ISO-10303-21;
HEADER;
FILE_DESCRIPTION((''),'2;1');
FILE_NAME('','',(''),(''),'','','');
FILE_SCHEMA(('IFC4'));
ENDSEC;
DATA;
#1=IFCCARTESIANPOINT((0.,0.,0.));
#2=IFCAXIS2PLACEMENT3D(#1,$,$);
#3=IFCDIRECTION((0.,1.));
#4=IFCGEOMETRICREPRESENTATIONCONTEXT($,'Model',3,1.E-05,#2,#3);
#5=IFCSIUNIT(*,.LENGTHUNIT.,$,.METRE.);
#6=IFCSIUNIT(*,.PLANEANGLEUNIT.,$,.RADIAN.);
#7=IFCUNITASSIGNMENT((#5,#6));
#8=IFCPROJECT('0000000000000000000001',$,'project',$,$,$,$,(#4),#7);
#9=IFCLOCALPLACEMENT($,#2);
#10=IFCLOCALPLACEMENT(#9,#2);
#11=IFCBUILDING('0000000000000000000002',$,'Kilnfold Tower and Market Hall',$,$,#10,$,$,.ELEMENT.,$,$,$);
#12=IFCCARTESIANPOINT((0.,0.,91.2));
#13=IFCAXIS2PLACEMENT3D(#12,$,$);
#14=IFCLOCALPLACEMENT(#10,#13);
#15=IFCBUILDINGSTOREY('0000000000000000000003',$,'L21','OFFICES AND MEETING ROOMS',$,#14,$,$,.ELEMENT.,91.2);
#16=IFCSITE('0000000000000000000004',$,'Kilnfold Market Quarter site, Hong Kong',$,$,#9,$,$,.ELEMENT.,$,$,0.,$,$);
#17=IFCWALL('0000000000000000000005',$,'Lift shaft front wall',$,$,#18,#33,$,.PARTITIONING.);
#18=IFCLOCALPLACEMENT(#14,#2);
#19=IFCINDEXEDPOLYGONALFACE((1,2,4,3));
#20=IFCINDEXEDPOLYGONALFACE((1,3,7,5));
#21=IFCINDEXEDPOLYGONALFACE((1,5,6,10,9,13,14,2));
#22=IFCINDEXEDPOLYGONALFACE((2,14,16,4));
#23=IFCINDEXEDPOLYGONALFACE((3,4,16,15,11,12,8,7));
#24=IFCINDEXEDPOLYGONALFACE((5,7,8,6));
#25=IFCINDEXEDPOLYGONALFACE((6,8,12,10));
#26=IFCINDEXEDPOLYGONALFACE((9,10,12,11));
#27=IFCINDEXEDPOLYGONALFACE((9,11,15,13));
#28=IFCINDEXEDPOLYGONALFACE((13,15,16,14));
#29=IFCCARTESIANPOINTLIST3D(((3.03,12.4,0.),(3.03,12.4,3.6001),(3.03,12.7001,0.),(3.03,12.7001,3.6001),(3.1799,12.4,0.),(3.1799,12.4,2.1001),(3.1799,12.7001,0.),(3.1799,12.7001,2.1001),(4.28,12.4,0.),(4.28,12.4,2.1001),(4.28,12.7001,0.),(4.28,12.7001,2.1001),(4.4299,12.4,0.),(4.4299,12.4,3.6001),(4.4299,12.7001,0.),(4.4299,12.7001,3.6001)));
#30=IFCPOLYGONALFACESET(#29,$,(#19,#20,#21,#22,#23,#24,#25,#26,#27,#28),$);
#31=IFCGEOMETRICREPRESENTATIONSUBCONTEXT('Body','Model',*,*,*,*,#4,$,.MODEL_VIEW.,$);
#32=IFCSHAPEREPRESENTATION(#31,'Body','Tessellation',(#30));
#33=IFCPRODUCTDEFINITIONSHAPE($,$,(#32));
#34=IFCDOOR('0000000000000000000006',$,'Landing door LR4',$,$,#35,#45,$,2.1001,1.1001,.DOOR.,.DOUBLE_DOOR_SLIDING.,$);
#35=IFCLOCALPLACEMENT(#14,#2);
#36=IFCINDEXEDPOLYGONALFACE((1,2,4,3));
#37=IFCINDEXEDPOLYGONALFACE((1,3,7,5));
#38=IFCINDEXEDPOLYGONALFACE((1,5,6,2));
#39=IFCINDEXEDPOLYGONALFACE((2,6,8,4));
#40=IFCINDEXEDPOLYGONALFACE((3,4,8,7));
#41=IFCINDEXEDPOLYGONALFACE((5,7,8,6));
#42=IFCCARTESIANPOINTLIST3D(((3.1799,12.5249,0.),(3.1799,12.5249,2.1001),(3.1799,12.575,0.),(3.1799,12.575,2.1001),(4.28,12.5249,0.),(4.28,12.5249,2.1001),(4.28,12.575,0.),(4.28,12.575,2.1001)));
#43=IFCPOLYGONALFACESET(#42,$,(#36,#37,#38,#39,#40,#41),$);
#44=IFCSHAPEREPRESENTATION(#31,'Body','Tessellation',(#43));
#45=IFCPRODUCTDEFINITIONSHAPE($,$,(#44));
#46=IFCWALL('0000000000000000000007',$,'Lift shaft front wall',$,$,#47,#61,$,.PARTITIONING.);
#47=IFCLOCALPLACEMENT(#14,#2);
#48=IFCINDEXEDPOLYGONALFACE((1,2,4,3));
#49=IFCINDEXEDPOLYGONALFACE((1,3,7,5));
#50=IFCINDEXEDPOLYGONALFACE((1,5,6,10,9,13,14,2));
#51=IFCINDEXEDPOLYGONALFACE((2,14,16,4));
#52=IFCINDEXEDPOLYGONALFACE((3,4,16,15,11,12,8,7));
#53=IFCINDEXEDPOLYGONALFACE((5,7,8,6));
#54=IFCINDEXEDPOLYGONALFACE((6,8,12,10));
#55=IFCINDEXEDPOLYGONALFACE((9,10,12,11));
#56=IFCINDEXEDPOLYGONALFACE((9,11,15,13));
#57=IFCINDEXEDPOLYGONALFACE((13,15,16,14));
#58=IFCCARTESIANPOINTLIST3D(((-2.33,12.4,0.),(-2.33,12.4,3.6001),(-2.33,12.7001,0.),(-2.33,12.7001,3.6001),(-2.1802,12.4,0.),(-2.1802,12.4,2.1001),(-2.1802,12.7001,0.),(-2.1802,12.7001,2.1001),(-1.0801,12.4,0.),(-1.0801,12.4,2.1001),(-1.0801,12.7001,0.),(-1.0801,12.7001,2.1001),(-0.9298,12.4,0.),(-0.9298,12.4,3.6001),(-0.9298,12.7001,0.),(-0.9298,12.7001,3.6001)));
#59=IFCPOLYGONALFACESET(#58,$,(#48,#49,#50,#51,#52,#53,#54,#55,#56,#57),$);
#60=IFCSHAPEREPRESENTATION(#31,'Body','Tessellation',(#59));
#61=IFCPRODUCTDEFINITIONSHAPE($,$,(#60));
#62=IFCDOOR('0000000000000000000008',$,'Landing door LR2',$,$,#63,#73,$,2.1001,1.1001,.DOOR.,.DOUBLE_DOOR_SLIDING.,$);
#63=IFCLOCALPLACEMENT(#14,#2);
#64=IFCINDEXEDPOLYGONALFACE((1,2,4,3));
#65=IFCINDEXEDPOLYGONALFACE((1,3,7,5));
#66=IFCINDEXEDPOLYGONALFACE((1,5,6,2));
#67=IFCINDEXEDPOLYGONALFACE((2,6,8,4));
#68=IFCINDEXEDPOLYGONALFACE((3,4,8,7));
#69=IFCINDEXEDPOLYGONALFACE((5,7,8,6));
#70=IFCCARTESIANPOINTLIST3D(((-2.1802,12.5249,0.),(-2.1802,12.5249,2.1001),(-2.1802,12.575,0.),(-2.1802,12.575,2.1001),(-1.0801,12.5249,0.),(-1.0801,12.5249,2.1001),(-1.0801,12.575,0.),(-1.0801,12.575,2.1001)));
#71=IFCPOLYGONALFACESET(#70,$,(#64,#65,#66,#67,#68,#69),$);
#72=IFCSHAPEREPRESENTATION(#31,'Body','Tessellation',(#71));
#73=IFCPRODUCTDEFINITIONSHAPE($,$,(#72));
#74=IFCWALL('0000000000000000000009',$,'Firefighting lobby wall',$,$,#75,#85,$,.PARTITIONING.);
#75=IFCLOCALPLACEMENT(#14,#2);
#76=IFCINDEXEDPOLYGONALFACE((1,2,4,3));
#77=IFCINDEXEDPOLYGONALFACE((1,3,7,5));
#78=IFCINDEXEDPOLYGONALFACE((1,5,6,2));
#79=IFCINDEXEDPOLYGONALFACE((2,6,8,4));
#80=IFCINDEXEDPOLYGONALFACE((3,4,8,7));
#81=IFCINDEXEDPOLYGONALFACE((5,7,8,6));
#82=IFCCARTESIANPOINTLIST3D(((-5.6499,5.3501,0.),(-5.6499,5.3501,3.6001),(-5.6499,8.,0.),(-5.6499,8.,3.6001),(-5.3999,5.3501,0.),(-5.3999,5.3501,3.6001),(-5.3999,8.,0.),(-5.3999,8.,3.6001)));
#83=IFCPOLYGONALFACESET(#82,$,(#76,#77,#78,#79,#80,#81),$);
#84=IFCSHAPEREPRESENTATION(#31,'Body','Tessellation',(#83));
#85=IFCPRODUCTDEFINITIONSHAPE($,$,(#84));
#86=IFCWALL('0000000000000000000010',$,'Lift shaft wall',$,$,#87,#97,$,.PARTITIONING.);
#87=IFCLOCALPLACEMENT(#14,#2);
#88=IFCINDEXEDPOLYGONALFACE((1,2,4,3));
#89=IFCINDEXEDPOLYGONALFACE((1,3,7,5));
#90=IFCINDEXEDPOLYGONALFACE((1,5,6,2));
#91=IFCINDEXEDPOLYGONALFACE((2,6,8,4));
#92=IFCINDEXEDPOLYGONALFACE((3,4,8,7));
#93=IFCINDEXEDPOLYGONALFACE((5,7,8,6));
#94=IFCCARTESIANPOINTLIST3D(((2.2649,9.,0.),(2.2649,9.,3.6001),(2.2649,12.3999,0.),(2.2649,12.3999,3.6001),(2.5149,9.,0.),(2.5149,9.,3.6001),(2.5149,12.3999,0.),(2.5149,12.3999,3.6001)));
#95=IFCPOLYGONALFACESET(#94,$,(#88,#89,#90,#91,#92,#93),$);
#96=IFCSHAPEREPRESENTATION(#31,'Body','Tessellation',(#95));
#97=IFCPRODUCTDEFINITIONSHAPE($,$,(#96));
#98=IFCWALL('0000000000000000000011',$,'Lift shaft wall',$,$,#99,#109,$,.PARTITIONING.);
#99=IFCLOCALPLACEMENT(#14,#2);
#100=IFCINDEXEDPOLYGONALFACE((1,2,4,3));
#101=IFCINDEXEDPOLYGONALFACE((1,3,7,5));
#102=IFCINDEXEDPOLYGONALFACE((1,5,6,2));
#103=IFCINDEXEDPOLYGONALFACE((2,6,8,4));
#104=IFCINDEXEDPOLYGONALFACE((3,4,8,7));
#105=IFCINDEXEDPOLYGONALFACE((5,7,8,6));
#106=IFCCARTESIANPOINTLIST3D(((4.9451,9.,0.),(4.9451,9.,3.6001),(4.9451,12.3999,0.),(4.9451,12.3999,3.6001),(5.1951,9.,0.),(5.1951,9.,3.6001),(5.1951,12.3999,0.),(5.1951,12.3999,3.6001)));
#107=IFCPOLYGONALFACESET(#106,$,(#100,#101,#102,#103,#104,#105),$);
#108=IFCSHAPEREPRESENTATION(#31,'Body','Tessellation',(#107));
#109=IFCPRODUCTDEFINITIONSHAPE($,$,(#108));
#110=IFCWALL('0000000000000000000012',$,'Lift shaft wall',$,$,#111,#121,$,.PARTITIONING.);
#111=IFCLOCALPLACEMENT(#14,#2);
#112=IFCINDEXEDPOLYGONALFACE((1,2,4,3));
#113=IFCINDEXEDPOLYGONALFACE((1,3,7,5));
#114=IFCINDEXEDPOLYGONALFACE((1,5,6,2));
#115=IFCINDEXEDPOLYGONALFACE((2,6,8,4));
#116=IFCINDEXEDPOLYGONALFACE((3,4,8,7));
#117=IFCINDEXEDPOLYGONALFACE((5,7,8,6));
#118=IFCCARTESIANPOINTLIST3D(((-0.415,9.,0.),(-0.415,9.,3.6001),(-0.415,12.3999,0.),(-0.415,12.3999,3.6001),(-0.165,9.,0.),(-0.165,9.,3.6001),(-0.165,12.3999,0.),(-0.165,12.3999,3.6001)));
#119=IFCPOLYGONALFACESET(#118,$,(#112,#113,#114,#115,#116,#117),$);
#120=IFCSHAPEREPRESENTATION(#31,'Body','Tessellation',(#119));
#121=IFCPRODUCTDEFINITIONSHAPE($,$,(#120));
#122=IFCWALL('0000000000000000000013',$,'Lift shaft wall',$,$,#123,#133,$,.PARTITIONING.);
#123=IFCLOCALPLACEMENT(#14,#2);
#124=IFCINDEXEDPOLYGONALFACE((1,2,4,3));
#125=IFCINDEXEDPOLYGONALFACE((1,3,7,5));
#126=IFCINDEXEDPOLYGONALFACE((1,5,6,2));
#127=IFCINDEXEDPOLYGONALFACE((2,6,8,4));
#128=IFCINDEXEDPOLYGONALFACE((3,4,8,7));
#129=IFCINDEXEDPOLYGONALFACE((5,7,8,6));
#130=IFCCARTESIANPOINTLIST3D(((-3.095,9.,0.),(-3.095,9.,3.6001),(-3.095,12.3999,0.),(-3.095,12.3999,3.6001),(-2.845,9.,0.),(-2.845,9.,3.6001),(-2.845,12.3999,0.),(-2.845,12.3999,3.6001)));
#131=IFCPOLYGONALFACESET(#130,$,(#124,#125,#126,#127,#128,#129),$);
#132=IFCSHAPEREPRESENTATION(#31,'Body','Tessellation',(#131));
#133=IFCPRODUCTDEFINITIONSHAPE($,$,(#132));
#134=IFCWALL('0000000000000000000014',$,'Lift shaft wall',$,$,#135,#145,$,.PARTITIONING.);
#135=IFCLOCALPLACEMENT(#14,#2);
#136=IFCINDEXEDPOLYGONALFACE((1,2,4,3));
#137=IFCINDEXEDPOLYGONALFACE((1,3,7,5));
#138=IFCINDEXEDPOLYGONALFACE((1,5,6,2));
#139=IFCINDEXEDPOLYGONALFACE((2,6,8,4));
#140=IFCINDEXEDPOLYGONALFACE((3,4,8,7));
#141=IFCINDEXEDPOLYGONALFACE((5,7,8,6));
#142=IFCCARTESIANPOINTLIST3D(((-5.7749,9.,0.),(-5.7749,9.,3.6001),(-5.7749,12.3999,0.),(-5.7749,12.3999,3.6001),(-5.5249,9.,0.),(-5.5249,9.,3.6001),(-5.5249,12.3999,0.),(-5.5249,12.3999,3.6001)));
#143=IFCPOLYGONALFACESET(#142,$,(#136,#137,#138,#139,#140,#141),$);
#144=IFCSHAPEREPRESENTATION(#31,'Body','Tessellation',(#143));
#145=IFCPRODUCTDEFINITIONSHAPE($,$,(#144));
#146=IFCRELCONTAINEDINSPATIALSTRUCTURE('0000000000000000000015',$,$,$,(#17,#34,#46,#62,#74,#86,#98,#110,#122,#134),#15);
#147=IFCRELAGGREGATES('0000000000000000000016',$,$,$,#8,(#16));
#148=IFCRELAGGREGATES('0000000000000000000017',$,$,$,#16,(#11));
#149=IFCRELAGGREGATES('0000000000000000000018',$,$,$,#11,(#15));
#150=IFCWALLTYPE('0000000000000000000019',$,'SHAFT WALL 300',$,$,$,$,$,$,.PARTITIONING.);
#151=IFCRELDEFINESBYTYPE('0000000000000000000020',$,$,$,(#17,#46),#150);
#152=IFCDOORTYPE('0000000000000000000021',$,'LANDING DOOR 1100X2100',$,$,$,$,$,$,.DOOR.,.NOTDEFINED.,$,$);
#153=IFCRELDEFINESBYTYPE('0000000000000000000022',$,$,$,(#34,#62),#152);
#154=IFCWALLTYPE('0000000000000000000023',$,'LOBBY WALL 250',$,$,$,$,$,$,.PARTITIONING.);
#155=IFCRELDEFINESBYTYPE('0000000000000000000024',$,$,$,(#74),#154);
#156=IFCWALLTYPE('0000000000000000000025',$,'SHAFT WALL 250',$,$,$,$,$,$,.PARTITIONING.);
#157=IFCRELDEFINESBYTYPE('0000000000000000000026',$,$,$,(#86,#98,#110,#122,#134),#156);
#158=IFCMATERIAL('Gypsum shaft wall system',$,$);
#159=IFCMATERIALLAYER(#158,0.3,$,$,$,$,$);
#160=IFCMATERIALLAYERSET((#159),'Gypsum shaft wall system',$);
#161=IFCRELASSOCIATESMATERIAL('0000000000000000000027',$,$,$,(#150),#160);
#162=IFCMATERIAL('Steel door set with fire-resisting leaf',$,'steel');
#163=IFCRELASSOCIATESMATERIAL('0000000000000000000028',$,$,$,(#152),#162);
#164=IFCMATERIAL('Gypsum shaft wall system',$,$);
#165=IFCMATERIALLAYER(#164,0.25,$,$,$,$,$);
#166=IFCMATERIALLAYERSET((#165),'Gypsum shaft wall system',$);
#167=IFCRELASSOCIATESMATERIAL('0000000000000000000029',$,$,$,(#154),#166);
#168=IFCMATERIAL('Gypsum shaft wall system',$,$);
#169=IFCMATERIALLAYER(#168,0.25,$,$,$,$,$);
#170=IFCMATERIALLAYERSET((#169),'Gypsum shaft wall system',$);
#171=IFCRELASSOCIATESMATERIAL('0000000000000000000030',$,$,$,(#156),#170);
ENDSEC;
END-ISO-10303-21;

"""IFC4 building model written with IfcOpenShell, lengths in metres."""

from ifc_helpers import new_model, si_unit, direction, frame, frame_2d, origin, place, context, subcontext, project, spatial, rectangle, extrude, source, transform, mapped, material, layer, layer_set, type_object, element, fill, save


model = new_model("IFC4")

# Units and contexts
model_context = context("Model", 3, precision=1e-05, world=origin(), true_north=direction((0.0, 1.0)))
body_context = subcontext(model_context, "Body", "Model", "MODEL_VIEW")
ifc_project = project(units=[si_unit("LENGTHUNIT", "METRE"), si_unit("PLANEANGLEUNIT", "RADIAN")], contexts=[model_context])

# Site, building, storey
site_placement = place(None, origin())
site = spatial("IfcSite", under=ifc_project, at=site_placement, Name="Kilnfold Market Quarter site, Hong Kong", CompositionType="ELEMENT", RefElevation=0.0)
building_placement = place(site_placement, origin())
building = spatial("IfcBuilding", under=site, at=building_placement, Name="Kilnfold Tower and Market Hall", CompositionType="ELEMENT")
storey_placement = place(building_placement, frame((0.0, 0.0, 91.2)))
storey = spatial("IfcBuildingStorey", under=building, at=storey_placement, Name="L21", Description="OFFICES AND MEETING ROOMS", CompositionType="ELEMENT", Elevation=91.2)

# Walls, openings, doors
ifc_material_1 = material(Name="Gypsum shaft wall system")
ifc_layer_1 = layer(ifc_material_1, 0.3)
ifc_layer_set_1 = layer_set([ifc_layer_1], Name="Gypsum shaft wall system")
wall_type_1 = type_object("IfcWallType", Name="SHAFT WALL 300", PredefinedType="PARTITIONING", material=ifc_layer_set_1)
shared_shape_1 = source(origin(), body_context, "Body", "SweptSolid", [
    extrude(rectangle(XDim=1.3999, YDim=0.3, at=frame_2d((0.7, 0.0))), origin(), (0.0, 0.0, 1.0), 3.6001),
])
ifc_material_2 = material(Name="Steel door set with fire-resisting leaf", Category="steel")
door_type_1 = type_object("IfcDoorType", Name="LANDING DOOR 1100X2100", OperationType="NOTDEFINED", PredefinedType="DOOR", material=ifc_material_2)
wall_1_placement = place(storey_placement, frame((3.03, 12.55, 0.0), z_axis=(0.0, 0.0, 1.0), x_axis=(1.0, 0.0, 0.0)))
wall_1 = element("IfcWall", 1, at=wall_1_placement, inside=storey, type_object=wall_type_1, Name="Lift shaft front wall", PredefinedType="PARTITIONING", context=body_context, shape_type="MappedRepresentation", body=[
    mapped(shared_shape_1, transform((0.0, 0.0, 0.0))),
])
opening_1_placement = place(wall_1_placement, frame((0.1499, 0.0, 0.0)))
opening_1 = element("IfcOpeningElement", 2, at=opening_1_placement, cuts=wall_1, PredefinedType="OPENING", context=body_context, shape_type="SweptSolid", body=[
    extrude(rectangle(XDim=1.1001, YDim=2.1001, at=frame_2d((0.55, 1.05))), frame((0.0, 0.1602, 0.0), z_axis=(0.0, -1.0, 0.0), x_axis=(1.0, 0.0, 0.0)), (0.0, 0.0, 1.0), 0.3201),
])
door_1_placement = place(opening_1_placement, origin())
door_1 = element("IfcDoor", 3, at=door_1_placement, inside=storey, type_object=door_type_1, Name="Landing door LR4", OperationType="DOUBLE_DOOR_SLIDING", OverallHeight=2.1001, OverallWidth=1.1001, PredefinedType="DOOR", context=body_context, shape_type="SweptSolid", body=[
    extrude(rectangle(XDim=1.1001, YDim=2.1001, at=frame_2d((0.55, 1.05))), frame((0.0, 0.0249, 0.0), z_axis=(0.0, -1.0, 0.0), x_axis=(1.0, 0.0, 0.0)), (0.0, 0.0, 1.0), 0.05),
])
fill(opening_1, door_1)
shared_shape_2 = source(origin(), body_context, "Body", "SweptSolid", [
    extrude(rectangle(XDim=1.4001, YDim=0.3, at=frame_2d((0.7002, 0.0))), origin(), (0.0, 0.0, 1.0), 3.6001),
])
wall_2_placement = place(storey_placement, frame((-2.3301, 12.55, 0.0), z_axis=(0.0, 0.0, 1.0), x_axis=(1.0, 0.0, 0.0)))
wall_2 = element("IfcWall", 4, at=wall_2_placement, inside=storey, type_object=wall_type_1, Name="Lift shaft front wall", PredefinedType="PARTITIONING", context=body_context, shape_type="MappedRepresentation", body=[
    mapped(shared_shape_2, transform((0.0, 0.0, 0.0))),
])
opening_2_placement = place(wall_2_placement, frame((0.1499, 0.0, 0.0)))
opening_2 = element("IfcOpeningElement", 5, at=opening_2_placement, cuts=wall_2, PredefinedType="OPENING", context=body_context, shape_type="SweptSolid", body=[
    extrude(rectangle(XDim=1.1001, YDim=2.1001, at=frame_2d((0.55, 1.05))), frame((0.0, 0.1602, 0.0), z_axis=(0.0, -1.0, 0.0), x_axis=(1.0, 0.0, 0.0)), (0.0, 0.0, 1.0), 0.3201),
])
door_2_placement = place(opening_2_placement, origin())
door_2 = element("IfcDoor", 6, at=door_2_placement, inside=storey, type_object=door_type_1, Name="Landing door LR2", OperationType="DOUBLE_DOOR_SLIDING", OverallHeight=2.1001, OverallWidth=1.1001, PredefinedType="DOOR", context=body_context, shape_type="SweptSolid", body=[
    extrude(rectangle(XDim=1.1001, YDim=2.1001, at=frame_2d((0.55, 1.05))), frame((0.0, 0.0249, 0.0), z_axis=(0.0, -1.0, 0.0), x_axis=(1.0, 0.0, 0.0)), (0.0, 0.0, 1.0), 0.05),
])
fill(opening_2, door_2)

# Walls
ifc_material_3 = material(Name="Gypsum shaft wall system")
ifc_layer_2 = layer(ifc_material_3, 0.25)
ifc_layer_set_2 = layer_set([ifc_layer_2], Name="Gypsum shaft wall system")
wall_type_2 = type_object("IfcWallType", Name="LOBBY WALL 250", PredefinedType="PARTITIONING", material=ifc_layer_set_2)
shared_shape_3 = source(origin(), body_context, "Body", "SweptSolid", [
    extrude(rectangle(XDim=2.6499, YDim=0.25, at=frame_2d((1.325, 0.0))), origin(), (0.0, 0.0, 1.0), 3.6001),
])
wall_3_placement = place(storey_placement, frame((-5.5249, 5.3501, 0.0), z_axis=(0.0, 0.0, 1.0), x_axis=(0.0, 1.0, 0.0)))
element("IfcWall", 7, at=wall_3_placement, inside=storey, type_object=wall_type_2, Name="Firefighting lobby wall", PredefinedType="PARTITIONING", context=body_context, shape_type="MappedRepresentation", body=[
    mapped(shared_shape_3, transform((0.0, 0.0, 0.0))),
])
ifc_material_4 = material(Name="Gypsum shaft wall system")
ifc_layer_3 = layer(ifc_material_4, 0.25)
ifc_layer_set_3 = layer_set([ifc_layer_3], Name="Gypsum shaft wall system")
wall_type_3 = type_object("IfcWallType", Name="SHAFT WALL 250", PredefinedType="PARTITIONING", material=ifc_layer_set_3)
shared_shape_4 = source(origin(), body_context, "Body", "SweptSolid", [
    extrude(rectangle(XDim=3.3999, YDim=0.25, at=frame_2d((1.7, 0.0))), origin(), (0.0, 0.0, 1.0), 3.6001),
])
for number, where, z_axis, x_axis, name in (
    (8, (2.3899, 9.0, 0.0), (0.0, 0.0, 1.0), (0.0, 1.0, 0.0), "Lift shaft wall"),
    (9, (5.0701, 9.0, 0.0), (0.0, 0.0, 1.0), (0.0, 1.0, 0.0), "Lift shaft wall"),
    (10, (-0.29, 9.0, 0.0), (0.0, 0.0, 1.0), (0.0, 1.0, 0.0), "Lift shaft wall"),
    (11, (-2.97, 9.0, 0.0), (0.0, 0.0, 1.0), (0.0, 1.0, 0.0), "Lift shaft wall"),
    (12, (-5.6499, 9.0, 0.0), (0.0, 0.0, 1.0), (0.0, 1.0, 0.0), "Lift shaft wall"),
):
    element("IfcWall", number, at=place(storey_placement, frame(where, z_axis=z_axis, x_axis=x_axis)), inside=storey, type_object=wall_type_3, Name=name, PredefinedType="PARTITIONING", context=body_context, shape_type="MappedRepresentation", body=[
        mapped(shared_shape_4, transform((0.0, 0.0, 0.0))),
    ])

save(model, "model.ifc")
